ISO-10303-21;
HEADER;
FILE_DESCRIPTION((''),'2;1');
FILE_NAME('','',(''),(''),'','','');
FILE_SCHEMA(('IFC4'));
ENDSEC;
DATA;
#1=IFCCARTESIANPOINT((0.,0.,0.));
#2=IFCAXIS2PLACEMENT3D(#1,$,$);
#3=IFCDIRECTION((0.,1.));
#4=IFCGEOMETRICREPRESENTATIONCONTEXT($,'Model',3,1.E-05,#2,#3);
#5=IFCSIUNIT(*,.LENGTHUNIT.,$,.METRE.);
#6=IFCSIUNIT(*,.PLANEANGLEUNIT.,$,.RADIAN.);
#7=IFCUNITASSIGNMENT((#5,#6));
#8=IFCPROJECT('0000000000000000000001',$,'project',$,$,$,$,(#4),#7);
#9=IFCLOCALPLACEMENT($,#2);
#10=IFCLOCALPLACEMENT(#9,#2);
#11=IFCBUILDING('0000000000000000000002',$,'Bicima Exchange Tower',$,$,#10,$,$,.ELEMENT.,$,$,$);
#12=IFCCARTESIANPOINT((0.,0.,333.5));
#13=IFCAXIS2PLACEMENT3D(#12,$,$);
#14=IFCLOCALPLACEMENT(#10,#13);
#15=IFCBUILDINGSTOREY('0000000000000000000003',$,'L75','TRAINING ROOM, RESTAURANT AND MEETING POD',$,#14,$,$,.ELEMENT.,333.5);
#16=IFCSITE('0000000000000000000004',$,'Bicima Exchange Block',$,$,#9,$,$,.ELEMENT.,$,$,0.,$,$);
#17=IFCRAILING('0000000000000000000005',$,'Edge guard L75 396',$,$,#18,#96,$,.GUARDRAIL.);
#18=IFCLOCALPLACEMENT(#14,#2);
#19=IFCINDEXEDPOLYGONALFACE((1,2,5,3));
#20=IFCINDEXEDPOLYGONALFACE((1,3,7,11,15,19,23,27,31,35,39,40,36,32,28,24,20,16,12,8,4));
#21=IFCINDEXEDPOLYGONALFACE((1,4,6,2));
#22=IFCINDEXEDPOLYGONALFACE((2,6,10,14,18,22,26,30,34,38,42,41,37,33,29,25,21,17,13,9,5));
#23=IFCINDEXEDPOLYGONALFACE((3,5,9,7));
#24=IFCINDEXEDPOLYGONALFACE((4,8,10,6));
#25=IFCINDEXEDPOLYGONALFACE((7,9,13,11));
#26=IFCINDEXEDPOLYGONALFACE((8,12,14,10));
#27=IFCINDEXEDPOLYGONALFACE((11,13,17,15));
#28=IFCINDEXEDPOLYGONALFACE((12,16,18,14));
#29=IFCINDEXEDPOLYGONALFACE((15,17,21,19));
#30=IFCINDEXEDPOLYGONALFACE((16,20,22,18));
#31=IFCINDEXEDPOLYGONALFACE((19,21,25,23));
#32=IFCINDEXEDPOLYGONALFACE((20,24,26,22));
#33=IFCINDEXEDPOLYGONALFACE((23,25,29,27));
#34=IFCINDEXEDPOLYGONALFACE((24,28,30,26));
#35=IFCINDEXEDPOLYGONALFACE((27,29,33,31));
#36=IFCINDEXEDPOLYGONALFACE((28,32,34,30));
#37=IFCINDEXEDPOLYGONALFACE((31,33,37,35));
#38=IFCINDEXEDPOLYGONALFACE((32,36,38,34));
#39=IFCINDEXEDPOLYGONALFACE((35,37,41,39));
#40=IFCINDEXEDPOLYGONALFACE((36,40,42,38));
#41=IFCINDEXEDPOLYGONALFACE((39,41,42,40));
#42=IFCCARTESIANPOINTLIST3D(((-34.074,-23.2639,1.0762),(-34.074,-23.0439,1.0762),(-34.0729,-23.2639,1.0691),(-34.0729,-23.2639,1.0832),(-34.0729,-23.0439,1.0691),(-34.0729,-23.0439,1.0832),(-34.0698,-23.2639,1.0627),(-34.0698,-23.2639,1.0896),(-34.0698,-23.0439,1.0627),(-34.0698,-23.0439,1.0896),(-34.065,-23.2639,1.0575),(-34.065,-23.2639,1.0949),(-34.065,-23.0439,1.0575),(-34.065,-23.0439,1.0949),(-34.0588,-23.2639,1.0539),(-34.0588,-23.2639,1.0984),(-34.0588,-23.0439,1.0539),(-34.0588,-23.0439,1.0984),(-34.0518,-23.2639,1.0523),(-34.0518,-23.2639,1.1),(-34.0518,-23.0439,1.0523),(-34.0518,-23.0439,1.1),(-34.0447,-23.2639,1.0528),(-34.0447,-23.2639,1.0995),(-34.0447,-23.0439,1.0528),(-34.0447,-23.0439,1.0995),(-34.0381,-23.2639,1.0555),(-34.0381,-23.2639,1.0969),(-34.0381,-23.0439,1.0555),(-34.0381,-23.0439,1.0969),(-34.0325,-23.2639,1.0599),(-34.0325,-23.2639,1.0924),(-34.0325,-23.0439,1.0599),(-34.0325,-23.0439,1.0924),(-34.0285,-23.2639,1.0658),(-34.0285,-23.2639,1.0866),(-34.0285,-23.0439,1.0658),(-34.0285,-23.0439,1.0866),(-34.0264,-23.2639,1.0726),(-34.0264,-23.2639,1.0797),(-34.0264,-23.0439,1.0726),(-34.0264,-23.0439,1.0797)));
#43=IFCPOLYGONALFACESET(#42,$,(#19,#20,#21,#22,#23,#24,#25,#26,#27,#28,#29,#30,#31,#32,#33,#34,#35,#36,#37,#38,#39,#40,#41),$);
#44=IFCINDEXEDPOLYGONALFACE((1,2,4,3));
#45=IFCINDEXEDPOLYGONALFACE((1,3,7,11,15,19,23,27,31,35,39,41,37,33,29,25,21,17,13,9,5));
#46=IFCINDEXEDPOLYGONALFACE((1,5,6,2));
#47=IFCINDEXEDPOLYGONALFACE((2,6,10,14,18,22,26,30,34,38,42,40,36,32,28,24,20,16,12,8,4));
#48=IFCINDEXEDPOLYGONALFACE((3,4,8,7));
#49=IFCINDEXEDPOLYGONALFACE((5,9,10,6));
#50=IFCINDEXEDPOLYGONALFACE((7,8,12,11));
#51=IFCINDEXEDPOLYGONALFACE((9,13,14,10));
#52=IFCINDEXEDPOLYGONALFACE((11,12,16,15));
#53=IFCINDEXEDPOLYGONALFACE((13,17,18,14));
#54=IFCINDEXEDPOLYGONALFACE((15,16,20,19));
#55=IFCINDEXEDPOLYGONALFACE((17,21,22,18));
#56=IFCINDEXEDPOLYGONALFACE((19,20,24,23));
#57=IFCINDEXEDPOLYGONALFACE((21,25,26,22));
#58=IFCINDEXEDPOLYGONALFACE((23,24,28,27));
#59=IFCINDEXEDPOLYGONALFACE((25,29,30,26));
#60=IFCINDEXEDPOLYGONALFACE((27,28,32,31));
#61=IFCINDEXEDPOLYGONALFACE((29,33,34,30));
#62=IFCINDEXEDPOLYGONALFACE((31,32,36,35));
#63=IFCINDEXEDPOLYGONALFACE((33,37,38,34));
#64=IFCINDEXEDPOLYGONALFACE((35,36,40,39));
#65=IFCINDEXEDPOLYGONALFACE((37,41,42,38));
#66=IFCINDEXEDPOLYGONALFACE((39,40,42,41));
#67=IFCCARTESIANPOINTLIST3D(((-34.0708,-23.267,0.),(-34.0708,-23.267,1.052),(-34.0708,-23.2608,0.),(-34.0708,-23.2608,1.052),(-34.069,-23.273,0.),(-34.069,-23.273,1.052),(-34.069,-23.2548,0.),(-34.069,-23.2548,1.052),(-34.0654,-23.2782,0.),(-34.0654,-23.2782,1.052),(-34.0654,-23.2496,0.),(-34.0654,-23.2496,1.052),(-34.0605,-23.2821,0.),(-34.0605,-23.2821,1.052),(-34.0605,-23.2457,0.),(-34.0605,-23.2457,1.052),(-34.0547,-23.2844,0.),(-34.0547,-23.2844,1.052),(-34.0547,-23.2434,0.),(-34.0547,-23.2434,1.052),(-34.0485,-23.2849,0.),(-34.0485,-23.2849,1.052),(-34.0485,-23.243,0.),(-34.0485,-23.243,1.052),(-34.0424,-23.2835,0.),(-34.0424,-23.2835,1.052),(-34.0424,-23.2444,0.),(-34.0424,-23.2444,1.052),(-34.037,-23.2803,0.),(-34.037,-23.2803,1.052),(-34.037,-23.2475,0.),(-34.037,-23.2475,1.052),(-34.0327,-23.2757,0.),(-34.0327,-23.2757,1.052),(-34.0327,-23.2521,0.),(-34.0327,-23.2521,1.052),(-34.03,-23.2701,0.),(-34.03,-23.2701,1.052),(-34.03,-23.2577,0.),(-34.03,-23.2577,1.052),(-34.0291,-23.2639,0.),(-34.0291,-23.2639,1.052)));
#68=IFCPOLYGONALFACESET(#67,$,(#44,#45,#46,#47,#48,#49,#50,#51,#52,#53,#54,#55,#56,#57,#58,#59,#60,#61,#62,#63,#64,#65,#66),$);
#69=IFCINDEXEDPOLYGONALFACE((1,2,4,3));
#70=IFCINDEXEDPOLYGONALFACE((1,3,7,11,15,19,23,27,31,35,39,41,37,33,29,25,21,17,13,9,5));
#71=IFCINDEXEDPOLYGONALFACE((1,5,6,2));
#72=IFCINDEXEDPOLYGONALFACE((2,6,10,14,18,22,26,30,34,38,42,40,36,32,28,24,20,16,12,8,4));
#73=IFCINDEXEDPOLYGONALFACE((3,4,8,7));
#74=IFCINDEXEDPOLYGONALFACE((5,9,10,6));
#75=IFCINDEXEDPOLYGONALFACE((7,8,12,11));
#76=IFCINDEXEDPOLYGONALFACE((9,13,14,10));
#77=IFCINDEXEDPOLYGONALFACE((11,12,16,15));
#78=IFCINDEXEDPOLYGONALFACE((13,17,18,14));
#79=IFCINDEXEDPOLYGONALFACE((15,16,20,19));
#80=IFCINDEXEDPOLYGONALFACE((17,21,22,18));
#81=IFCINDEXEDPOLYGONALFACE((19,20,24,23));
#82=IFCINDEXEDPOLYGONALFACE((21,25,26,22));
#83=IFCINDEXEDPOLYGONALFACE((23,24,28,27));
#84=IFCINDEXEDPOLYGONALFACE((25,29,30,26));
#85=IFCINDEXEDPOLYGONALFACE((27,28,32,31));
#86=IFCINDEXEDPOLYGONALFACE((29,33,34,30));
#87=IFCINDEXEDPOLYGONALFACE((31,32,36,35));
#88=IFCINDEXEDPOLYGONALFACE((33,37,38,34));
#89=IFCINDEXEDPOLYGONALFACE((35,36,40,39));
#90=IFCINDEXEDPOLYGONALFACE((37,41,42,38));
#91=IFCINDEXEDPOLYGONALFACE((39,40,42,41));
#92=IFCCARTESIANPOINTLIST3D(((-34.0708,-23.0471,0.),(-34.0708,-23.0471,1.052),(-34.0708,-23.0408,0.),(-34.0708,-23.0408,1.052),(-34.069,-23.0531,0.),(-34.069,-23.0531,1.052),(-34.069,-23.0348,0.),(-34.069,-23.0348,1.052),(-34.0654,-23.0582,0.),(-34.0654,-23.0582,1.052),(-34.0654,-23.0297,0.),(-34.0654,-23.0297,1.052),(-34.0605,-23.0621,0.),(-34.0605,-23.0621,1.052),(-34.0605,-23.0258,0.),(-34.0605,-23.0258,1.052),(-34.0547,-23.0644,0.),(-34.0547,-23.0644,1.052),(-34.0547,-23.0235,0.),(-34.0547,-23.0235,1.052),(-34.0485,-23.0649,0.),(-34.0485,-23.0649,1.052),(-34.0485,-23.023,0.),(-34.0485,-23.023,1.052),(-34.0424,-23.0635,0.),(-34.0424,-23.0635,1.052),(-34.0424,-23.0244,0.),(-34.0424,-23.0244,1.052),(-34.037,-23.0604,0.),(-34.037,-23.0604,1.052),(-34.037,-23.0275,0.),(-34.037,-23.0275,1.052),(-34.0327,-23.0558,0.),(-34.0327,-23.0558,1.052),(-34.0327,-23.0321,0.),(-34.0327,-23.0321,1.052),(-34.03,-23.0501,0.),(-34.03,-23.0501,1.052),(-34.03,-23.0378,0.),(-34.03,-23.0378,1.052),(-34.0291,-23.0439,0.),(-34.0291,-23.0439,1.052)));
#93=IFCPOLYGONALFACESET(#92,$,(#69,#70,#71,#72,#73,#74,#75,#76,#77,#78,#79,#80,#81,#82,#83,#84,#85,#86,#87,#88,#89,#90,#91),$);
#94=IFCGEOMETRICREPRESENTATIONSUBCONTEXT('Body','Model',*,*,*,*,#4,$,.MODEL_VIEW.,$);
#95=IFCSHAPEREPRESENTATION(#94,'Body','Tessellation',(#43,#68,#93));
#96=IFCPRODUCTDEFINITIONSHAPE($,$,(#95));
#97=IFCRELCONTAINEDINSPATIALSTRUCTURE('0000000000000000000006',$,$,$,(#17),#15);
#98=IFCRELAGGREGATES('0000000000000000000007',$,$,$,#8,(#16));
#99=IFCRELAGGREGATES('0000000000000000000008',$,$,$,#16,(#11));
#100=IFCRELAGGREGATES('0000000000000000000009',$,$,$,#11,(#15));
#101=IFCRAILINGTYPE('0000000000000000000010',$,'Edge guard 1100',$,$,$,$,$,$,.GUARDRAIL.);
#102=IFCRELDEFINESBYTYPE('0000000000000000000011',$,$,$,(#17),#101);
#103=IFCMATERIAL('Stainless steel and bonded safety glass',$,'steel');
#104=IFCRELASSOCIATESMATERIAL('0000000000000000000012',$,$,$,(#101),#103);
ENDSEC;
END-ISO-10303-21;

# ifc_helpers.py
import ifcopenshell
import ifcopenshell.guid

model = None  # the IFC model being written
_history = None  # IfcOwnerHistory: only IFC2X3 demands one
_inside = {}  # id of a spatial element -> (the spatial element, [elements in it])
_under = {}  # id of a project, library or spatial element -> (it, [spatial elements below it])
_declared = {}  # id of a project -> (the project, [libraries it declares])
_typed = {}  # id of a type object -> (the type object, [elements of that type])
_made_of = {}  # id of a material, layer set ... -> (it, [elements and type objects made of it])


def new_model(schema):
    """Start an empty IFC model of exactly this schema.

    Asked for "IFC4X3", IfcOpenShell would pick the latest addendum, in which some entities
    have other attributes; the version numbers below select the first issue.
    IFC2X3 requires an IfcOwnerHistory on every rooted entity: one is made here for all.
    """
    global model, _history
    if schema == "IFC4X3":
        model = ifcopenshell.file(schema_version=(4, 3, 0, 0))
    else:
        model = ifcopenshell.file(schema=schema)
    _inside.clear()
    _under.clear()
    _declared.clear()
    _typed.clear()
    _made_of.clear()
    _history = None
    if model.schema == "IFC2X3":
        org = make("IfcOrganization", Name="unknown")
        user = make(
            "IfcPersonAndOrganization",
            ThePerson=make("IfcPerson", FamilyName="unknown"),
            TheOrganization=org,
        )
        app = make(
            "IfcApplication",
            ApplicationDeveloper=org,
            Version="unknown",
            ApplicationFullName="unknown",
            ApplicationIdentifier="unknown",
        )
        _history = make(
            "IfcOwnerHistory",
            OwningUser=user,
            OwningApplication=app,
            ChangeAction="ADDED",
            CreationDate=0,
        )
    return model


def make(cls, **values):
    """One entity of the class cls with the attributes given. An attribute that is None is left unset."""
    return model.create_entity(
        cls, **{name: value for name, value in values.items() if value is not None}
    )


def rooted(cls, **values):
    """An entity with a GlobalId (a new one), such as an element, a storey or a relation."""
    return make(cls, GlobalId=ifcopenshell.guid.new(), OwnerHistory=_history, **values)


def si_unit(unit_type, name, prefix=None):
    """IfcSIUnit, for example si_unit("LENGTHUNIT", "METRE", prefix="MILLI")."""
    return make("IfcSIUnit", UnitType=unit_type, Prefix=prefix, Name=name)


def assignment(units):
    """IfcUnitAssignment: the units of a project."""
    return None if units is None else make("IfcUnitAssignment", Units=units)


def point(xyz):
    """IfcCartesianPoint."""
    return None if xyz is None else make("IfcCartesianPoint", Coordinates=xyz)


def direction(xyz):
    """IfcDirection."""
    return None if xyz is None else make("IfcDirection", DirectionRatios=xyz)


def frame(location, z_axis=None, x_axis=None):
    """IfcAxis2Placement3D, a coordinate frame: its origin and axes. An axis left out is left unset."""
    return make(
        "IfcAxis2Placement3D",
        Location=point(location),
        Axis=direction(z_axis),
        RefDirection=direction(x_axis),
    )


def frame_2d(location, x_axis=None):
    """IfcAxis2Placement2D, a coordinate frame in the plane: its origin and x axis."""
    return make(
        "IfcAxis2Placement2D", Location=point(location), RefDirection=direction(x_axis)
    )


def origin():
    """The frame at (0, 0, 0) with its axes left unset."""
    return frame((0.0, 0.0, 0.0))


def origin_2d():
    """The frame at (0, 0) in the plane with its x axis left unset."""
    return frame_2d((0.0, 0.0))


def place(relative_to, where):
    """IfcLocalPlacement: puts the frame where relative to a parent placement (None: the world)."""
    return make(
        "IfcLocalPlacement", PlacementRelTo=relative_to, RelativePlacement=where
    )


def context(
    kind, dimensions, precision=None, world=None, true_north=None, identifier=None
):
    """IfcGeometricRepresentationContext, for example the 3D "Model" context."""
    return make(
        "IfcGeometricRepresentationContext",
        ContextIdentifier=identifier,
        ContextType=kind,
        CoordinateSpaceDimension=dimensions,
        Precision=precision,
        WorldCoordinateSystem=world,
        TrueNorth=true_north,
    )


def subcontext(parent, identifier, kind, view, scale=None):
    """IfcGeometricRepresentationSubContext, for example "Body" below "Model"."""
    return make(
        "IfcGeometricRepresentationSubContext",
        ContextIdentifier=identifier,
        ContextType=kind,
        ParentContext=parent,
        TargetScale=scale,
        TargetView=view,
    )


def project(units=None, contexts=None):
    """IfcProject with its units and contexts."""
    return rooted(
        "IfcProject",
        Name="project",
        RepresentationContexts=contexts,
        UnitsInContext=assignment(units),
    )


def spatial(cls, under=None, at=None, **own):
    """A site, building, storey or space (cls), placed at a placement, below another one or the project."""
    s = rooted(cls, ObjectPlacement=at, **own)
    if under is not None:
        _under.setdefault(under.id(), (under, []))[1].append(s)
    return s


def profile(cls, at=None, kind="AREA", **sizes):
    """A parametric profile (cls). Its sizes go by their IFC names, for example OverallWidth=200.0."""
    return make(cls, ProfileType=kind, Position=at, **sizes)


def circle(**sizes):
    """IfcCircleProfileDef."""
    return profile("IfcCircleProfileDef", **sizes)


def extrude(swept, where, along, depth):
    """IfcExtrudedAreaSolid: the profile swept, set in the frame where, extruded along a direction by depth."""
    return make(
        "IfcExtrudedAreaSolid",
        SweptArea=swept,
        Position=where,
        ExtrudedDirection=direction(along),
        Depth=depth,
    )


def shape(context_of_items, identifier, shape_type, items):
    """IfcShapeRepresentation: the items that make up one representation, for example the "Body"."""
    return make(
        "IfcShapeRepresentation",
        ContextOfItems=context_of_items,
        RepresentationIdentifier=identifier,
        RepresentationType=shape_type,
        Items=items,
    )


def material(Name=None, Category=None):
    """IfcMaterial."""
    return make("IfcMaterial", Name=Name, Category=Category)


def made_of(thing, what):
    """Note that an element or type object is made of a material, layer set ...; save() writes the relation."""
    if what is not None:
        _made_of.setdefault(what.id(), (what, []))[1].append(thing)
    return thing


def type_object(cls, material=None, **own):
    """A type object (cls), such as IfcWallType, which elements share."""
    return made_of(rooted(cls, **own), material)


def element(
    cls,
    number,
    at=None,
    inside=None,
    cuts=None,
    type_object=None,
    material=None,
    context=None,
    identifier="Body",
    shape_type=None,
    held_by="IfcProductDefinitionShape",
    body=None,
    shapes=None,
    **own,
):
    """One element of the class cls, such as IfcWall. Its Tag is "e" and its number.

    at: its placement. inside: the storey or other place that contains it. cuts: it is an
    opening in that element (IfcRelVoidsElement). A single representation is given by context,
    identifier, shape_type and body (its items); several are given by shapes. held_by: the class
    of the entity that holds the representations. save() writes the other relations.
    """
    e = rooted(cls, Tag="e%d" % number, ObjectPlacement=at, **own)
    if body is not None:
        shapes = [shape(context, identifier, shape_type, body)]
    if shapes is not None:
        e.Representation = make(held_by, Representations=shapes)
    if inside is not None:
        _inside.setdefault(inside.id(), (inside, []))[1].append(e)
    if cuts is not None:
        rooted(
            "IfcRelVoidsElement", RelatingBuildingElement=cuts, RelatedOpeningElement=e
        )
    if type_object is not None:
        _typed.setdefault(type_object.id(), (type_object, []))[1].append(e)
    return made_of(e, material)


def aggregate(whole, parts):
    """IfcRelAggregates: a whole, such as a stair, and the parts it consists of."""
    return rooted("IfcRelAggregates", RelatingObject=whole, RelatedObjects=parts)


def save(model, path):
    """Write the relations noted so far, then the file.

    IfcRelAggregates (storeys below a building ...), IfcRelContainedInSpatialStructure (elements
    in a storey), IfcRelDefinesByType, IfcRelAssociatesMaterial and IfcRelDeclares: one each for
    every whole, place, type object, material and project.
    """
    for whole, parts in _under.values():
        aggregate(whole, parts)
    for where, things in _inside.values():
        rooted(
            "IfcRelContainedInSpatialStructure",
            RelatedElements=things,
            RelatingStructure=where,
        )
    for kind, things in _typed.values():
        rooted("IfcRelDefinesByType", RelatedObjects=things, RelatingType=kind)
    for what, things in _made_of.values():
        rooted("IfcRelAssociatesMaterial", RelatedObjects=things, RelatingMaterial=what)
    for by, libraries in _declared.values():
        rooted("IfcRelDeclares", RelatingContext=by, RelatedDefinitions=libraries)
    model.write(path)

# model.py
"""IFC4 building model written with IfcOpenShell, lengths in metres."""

from ifc_helpers import new_model, si_unit, direction, frame, origin, origin_2d, place, context, subcontext, project, spatial, circle, extrude, material, type_object, element, save


model = new_model("IFC4")

# Units and contexts
model_context = context("Model", 3, precision=1e-05, world=origin(), true_north=direction((0.0, 1.0)))
body_context = subcontext(model_context, "Body", "Model", "MODEL_VIEW")
ifc_project = project(units=[si_unit("LENGTHUNIT", "METRE"), si_unit("PLANEANGLEUNIT", "RADIAN")], contexts=[model_context])

# Site, building, storey
site_placement = place(None, origin())
site = spatial("IfcSite", under=ifc_project, at=site_placement, Name="Bicima Exchange Block", CompositionType="ELEMENT", RefElevation=0.0)
building_placement = place(site_placement, origin())
building = spatial("IfcBuilding", under=site, at=building_placement, Name="Bicima Exchange Tower", CompositionType="ELEMENT")
storey_placement = place(building_placement, frame((0.0, 0.0, 333.5)))
storey = spatial("IfcBuildingStorey", under=building, at=storey_placement, Name="L75", Description="TRAINING ROOM, RESTAURANT AND MEETING POD", CompositionType="ELEMENT", Elevation=333.5)

# Railing
ifc_material_1 = material(Name="Stainless steel and bonded safety glass", Category="steel")
railing_type = type_object("IfcRailingType", Name="Edge guard 1100", PredefinedType="GUARDRAIL", material=ifc_material_1)
railing_1_placement = place(storey_placement, frame((-34.05, -23.2639, 0.0)))
element("IfcRailing", 1, at=railing_1_placement, inside=storey, type_object=railing_type, Name="Edge guard L75 396", PredefinedType="GUARDRAIL", context=body_context, shape_type="SweptSolid", body=[
    extrude(circle(Radius=0.0239, at=origin_2d()), frame((0.0, 0.0, 1.0762), z_axis=(0.0, 1.0, 0.0), x_axis=(-1.0, 0.0, 0.0)), (0.0, 0.0, 1.0), 0.22),
    extrude(circle(Radius=0.021, at=origin_2d()), origin(), (0.0, 0.0, 1.0), 1.052),
    extrude(circle(Radius=0.021, at=origin_2d()), frame((0.0, 0.22, 0.0)), (0.0, 0.0, 1.0), 1.052),
])

save(model, "model.ifc")
